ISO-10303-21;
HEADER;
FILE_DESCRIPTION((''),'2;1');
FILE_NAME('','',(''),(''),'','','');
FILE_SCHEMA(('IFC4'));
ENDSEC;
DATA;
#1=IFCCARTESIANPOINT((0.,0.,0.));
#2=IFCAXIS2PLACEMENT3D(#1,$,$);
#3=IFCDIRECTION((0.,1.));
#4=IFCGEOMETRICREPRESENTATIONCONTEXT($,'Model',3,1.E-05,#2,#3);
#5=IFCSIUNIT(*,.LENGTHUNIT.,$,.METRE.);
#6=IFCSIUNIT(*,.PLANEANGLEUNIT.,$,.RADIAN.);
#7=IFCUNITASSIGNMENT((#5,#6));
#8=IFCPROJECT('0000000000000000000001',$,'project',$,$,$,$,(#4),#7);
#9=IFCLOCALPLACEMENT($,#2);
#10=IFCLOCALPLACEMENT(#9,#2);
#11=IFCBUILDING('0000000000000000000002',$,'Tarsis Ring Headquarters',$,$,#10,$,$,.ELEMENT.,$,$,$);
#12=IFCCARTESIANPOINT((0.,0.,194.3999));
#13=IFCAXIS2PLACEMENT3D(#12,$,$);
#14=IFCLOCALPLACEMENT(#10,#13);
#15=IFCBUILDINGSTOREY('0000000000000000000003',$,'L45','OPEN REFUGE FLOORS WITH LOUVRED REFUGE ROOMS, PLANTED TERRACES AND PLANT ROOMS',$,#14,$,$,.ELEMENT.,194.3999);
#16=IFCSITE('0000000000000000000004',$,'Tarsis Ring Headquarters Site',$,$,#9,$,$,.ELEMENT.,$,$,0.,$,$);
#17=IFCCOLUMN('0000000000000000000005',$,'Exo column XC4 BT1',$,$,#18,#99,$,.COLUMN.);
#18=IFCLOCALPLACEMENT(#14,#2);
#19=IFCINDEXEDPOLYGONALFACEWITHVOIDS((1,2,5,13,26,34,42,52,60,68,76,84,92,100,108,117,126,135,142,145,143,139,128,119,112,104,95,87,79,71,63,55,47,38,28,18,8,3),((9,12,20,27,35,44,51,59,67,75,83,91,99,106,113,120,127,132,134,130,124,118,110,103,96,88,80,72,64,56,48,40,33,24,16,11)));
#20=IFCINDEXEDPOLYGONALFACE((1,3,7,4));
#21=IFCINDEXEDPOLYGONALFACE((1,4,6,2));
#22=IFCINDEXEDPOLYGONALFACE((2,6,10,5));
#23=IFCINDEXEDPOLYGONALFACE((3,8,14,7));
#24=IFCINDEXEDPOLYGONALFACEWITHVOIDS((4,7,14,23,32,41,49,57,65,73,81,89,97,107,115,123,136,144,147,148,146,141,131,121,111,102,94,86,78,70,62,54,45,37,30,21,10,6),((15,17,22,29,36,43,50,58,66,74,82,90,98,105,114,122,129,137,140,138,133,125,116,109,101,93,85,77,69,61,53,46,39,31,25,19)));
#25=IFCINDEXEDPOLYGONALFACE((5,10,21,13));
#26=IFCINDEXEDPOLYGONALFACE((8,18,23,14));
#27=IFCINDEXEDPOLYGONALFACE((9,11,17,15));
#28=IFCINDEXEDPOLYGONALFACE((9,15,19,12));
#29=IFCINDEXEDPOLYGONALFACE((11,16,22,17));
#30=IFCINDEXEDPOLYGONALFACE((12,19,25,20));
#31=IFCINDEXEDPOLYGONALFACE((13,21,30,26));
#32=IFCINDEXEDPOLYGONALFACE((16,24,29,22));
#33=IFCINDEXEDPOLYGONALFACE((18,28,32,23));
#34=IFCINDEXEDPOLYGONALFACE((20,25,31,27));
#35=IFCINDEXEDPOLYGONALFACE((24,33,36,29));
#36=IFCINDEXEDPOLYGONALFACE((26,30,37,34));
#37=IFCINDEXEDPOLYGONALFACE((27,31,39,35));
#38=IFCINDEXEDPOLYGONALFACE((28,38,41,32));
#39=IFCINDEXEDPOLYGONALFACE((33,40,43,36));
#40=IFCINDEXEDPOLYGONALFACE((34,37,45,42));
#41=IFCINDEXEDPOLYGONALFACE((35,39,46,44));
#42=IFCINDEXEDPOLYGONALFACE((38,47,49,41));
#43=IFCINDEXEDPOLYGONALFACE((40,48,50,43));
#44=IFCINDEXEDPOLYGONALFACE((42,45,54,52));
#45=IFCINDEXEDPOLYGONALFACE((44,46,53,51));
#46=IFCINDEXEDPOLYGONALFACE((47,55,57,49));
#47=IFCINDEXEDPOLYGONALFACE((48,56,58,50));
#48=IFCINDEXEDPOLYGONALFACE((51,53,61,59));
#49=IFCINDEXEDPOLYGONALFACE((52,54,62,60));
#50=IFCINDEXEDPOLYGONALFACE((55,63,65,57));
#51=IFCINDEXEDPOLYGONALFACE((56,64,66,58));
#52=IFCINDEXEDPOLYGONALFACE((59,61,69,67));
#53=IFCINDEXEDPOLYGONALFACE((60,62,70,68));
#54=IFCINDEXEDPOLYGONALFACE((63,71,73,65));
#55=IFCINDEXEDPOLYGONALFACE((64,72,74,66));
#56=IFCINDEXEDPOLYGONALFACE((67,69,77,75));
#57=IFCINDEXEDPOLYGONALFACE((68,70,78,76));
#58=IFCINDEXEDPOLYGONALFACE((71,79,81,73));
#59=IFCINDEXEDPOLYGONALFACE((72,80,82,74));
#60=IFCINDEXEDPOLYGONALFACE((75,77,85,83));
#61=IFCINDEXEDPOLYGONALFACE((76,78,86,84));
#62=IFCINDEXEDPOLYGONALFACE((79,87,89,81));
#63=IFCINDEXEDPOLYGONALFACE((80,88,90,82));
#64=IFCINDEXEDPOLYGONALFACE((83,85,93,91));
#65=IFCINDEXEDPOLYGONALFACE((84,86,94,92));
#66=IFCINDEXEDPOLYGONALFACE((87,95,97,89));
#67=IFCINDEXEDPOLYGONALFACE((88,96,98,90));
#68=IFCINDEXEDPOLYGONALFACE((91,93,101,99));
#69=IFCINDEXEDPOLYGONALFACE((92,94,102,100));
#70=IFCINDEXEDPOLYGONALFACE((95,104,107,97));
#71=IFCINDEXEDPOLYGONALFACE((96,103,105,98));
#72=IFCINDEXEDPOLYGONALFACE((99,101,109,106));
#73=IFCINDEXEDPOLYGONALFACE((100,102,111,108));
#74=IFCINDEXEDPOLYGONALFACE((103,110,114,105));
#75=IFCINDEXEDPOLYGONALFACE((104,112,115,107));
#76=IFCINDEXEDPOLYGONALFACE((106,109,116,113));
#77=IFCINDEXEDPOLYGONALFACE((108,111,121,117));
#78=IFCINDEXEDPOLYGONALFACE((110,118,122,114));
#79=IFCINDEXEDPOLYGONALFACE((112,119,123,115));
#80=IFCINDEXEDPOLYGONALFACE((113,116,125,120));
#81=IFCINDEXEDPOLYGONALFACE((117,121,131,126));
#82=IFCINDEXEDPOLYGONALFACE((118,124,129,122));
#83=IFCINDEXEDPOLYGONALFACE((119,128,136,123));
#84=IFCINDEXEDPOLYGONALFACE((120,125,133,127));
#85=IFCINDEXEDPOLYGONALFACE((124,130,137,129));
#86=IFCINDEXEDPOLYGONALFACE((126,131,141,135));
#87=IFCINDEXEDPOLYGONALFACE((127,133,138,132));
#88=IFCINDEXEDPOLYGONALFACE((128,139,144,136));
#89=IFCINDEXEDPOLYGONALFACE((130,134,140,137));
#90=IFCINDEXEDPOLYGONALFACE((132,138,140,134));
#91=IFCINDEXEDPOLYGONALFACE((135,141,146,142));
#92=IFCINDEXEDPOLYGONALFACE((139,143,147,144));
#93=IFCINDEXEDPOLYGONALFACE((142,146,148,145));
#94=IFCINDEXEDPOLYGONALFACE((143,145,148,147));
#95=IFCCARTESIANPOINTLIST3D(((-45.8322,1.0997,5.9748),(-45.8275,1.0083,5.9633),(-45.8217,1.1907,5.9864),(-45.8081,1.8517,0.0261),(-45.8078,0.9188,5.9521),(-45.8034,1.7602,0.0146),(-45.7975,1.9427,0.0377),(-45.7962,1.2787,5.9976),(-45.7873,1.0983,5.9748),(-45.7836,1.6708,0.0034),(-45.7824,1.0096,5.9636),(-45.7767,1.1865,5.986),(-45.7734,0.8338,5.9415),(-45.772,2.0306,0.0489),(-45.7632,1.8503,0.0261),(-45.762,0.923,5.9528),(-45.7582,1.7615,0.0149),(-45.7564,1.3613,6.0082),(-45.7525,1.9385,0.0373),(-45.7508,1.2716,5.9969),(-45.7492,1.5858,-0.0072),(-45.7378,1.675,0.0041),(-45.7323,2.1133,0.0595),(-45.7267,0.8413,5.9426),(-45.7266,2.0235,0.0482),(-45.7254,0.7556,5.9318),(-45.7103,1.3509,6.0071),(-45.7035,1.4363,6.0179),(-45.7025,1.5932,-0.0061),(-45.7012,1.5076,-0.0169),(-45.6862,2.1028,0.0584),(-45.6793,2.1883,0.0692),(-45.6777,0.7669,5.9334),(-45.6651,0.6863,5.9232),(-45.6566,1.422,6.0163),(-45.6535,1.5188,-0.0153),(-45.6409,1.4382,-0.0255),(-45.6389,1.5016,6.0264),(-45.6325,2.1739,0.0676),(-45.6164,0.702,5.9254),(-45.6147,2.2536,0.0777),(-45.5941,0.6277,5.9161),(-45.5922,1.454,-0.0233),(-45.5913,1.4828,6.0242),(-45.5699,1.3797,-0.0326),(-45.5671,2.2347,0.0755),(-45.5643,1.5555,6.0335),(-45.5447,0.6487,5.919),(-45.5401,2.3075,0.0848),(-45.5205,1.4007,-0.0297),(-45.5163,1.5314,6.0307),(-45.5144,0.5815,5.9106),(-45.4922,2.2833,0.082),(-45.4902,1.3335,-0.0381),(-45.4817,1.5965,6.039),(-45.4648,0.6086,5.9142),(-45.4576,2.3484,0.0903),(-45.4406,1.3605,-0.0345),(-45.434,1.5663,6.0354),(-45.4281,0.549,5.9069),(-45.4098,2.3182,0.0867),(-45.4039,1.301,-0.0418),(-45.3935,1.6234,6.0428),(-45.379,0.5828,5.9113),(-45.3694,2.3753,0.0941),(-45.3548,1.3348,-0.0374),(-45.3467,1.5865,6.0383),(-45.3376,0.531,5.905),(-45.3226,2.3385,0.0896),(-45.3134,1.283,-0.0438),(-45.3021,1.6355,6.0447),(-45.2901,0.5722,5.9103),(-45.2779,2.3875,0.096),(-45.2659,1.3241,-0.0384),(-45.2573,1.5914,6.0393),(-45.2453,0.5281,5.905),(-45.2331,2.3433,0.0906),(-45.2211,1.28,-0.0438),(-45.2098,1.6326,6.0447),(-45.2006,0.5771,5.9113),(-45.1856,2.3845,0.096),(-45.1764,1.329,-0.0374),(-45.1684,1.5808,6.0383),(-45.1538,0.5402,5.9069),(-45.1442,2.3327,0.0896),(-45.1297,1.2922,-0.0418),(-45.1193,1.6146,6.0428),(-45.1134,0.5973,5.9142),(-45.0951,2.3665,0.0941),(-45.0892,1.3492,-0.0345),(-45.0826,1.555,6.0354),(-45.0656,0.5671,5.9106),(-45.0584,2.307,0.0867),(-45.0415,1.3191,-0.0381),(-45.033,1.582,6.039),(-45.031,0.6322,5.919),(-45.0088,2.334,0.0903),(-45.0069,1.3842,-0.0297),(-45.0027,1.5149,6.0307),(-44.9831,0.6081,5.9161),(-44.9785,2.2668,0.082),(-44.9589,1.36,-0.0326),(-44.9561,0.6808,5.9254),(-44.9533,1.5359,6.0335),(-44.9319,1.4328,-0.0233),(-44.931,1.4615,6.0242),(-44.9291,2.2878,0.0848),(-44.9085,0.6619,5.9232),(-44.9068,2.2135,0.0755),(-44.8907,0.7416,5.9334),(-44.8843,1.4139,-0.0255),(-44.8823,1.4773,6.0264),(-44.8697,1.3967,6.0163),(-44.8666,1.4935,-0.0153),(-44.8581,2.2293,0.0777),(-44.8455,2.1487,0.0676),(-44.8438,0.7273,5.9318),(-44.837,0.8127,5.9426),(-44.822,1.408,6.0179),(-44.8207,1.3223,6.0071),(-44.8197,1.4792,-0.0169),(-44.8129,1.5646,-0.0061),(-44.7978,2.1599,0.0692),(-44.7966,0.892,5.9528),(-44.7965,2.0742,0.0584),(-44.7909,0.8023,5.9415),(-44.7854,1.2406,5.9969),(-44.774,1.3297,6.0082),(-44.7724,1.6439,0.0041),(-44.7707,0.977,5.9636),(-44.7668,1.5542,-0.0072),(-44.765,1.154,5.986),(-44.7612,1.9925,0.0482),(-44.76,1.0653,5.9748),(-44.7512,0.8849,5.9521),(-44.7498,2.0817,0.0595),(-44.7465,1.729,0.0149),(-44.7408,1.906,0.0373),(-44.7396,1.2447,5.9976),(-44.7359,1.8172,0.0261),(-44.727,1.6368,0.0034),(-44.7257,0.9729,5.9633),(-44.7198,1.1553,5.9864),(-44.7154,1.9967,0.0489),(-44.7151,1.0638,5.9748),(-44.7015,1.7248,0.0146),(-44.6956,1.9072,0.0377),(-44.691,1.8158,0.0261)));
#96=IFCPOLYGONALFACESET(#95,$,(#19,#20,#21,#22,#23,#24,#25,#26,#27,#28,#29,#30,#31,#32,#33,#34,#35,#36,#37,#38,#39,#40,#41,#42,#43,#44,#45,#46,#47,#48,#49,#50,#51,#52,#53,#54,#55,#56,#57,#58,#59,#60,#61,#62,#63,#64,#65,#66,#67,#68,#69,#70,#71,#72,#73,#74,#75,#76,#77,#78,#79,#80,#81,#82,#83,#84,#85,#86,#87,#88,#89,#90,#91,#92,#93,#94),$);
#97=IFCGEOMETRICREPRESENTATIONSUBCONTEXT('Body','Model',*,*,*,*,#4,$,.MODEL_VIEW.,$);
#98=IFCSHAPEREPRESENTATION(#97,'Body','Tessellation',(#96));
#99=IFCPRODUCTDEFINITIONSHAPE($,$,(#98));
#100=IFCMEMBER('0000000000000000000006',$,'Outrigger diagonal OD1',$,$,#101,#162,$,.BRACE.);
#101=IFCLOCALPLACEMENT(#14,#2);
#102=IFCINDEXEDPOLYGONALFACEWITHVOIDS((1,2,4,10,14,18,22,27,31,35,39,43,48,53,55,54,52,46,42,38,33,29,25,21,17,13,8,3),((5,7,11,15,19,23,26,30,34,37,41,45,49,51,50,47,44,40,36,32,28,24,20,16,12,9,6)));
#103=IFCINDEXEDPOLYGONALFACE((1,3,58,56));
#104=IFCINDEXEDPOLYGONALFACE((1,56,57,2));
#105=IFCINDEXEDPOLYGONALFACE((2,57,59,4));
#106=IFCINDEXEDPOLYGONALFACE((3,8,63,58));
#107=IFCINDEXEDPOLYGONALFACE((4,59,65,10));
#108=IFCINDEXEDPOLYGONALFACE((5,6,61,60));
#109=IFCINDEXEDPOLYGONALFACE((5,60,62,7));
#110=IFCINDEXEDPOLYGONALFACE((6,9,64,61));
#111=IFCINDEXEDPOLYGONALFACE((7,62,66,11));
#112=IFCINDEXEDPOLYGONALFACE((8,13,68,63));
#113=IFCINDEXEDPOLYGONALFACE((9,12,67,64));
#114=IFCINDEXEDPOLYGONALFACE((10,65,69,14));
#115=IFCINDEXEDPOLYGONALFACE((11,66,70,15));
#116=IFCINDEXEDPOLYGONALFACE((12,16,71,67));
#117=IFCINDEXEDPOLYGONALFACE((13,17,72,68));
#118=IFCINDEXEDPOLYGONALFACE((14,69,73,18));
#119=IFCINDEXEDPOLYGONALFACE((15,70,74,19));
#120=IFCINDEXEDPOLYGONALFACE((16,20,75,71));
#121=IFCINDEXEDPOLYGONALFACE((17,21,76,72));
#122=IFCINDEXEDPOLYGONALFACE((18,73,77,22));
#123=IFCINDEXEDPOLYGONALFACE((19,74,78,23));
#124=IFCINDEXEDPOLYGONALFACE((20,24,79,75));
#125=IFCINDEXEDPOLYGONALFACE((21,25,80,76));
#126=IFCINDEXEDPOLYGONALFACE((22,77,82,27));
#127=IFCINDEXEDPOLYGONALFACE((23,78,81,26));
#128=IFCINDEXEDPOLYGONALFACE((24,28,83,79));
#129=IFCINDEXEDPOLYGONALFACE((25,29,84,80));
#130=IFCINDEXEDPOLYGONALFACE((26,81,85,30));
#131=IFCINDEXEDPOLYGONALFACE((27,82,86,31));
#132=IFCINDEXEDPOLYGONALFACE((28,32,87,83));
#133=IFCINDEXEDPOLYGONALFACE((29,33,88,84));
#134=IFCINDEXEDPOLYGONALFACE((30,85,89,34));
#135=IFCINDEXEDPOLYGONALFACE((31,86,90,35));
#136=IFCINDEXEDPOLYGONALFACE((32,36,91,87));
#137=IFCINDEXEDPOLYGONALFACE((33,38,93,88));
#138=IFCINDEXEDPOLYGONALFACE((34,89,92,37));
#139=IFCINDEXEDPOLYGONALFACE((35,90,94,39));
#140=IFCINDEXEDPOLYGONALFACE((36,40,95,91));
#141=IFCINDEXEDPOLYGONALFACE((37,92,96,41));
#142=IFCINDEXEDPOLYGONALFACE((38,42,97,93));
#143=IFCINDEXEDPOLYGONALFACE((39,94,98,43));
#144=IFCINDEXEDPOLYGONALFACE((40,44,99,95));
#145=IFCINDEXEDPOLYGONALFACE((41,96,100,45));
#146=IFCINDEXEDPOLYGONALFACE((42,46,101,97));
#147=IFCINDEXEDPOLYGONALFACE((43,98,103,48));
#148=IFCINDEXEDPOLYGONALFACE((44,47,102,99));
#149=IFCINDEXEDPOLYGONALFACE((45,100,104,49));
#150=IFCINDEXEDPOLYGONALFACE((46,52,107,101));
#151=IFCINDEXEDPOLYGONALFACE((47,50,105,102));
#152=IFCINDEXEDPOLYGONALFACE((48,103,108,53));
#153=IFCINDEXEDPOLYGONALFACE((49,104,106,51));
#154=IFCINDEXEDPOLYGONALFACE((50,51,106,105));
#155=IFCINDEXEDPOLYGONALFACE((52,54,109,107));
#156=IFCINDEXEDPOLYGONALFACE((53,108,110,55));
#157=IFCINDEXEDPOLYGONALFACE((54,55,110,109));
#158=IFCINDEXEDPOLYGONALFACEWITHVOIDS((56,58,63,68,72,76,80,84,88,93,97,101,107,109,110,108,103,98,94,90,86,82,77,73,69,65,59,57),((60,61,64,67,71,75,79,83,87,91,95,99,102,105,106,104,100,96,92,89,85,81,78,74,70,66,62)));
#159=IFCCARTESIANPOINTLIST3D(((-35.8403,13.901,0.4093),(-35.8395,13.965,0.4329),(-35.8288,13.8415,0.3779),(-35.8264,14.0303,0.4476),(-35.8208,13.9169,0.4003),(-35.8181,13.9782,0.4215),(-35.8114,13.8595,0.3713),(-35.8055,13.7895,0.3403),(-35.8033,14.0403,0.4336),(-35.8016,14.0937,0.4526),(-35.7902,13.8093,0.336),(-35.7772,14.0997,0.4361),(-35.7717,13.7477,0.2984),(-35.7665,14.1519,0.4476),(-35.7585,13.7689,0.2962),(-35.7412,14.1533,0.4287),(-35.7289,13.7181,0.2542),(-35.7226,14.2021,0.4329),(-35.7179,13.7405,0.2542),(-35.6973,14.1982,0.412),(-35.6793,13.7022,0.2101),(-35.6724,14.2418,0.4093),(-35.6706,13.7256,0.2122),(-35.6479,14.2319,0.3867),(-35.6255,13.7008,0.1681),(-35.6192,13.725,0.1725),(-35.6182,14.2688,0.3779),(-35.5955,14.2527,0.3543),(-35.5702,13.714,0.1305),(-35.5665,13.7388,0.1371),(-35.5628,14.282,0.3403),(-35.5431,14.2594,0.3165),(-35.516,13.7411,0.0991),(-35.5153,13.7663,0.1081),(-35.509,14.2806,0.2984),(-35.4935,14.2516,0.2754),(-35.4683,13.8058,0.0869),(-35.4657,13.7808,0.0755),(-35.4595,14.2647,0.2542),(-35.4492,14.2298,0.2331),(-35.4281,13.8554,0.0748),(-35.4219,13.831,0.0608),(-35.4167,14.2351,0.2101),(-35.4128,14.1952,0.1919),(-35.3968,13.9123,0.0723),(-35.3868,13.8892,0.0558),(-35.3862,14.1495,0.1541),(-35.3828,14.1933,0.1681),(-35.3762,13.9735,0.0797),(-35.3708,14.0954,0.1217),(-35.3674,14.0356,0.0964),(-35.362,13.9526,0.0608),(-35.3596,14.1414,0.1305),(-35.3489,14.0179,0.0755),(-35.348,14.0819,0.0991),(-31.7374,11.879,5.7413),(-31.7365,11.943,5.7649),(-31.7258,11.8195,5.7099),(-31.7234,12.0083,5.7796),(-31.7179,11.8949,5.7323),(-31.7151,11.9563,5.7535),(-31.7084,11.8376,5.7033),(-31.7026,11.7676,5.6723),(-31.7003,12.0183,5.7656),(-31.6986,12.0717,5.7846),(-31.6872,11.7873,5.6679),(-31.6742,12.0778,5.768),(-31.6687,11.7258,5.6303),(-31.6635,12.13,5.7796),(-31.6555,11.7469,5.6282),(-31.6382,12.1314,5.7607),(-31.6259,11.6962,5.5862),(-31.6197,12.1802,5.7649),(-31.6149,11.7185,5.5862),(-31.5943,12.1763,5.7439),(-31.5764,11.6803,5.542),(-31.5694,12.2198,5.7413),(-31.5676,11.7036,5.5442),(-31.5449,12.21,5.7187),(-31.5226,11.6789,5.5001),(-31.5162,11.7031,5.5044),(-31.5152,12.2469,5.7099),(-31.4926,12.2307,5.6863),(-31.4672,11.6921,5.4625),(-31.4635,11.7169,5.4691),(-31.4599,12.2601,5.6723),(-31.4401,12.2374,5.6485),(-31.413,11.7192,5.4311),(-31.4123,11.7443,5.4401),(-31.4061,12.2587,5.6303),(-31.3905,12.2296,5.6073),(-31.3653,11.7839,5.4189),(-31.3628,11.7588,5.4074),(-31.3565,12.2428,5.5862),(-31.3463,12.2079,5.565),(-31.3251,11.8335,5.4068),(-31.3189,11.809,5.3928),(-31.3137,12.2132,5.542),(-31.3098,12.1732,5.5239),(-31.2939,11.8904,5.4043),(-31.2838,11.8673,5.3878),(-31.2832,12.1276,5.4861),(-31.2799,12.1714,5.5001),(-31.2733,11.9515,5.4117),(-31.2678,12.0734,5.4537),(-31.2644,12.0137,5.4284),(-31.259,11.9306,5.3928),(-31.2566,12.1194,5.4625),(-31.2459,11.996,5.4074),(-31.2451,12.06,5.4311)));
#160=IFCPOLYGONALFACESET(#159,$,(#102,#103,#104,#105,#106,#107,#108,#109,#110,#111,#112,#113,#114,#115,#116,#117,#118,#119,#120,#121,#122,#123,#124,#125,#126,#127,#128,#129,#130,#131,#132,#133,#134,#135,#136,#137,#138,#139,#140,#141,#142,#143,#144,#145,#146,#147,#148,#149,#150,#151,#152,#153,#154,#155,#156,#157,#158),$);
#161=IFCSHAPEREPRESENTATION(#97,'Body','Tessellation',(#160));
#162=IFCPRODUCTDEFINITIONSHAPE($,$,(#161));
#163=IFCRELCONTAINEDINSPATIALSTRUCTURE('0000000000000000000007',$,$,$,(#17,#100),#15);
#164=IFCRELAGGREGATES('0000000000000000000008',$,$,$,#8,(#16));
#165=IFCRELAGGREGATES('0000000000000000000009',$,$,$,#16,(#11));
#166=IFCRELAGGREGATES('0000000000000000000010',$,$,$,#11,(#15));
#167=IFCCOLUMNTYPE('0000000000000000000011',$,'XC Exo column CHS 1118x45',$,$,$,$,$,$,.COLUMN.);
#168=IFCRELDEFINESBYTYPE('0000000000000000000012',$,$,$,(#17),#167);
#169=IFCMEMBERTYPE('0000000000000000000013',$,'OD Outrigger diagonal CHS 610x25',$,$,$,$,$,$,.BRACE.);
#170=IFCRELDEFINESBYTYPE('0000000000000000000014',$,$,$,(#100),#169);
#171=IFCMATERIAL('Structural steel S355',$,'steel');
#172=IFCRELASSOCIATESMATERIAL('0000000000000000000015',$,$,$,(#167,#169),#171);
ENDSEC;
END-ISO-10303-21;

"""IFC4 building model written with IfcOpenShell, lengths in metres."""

from ifc_helpers import new_model, si_unit, direction, frame, origin, origin_2d, place, context, subcontext, project, spatial, hollow_circle, extrude, material, material_profile, profile_set, type_object, element, save


model = new_model("IFC4")

# Units and contexts
model_context = context("Model", 3, precision=1e-05, world=origin(), true_north=direction((0.0, 1.0)))
body_context = subcontext(model_context, "Body", "Model", "MODEL_VIEW")
ifc_project = project(units=[si_unit("LENGTHUNIT", "METRE"), si_unit("PLANEANGLEUNIT", "RADIAN")], contexts=[model_context])

# Site, building, storey
site_placement = place(None, origin())
site = spatial("IfcSite", under=ifc_project, at=site_placement, Name="Tarsis Ring Headquarters Site", CompositionType="ELEMENT", RefElevation=0.0)
building_placement = place(site_placement, origin())
building = spatial("IfcBuilding", under=site, at=building_placement, Name="Tarsis Ring Headquarters", CompositionType="ELEMENT")
storey_placement = place(building_placement, frame((0.0, 0.0, 194.3999)))
storey = spatial("IfcBuildingStorey", under=building, at=storey_placement, Name="L45", Description="OPEN REFUGE FLOORS WITH LOUVRED REFUGE ROOMS, PLANTED TERRACES AND PLANT ROOMS", CompositionType="ELEMENT", Elevation=194.3999)

# Column
ifc_material_1 = material(Name="Structural steel S355", Category="steel")
ifc_material_profile_1 = material_profile(ifc_material_1, hollow_circle(Radius=0.5588, WallThickness=0.0449, at=origin_2d()), Name="CHS 1118x45")
ifc_profile_set_1 = profile_set([ifc_material_profile_1], Name="Structural steel S355")
column_type = type_object("IfcColumnType", Name="XC Exo column CHS 1118x45", PredefinedType="COLUMN", material=ifc_profile_set_1)
column_placement = place(storey_placement, frame((-45.2495, 1.8337, 0.0261), z_axis=(-0.004031, -0.125407, 0.992097), x_axis=(0.999484, -0.032126, 0.0)))
element("IfcColumn", 1, at=column_placement, inside=storey, type_object=column_type, Name="Exo column XC4 BT1", PredefinedType="COLUMN", context=body_context, shape_type="SweptSolid", body=[
    extrude(hollow_circle(Radius=0.5588, WallThickness=0.0449, at=origin_2d()), origin(), (0.0, 0.0, 1.0), 5.9961),
])

# Member
ifc_material_profile_2 = material_profile(ifc_material_1, hollow_circle(Radius=0.3047, WallThickness=0.0249, at=origin_2d()), Name="CHS 610x25")
ifc_profile_set_2 = profile_set([ifc_material_profile_2], Name="Structural steel S355")
member_type_1 = type_object("IfcMemberType", Name="OD Outrigger diagonal CHS 610x25", PredefinedType="BRACE", material=ifc_profile_set_2)
member_1_placement = place(storey_placement, frame((-31.4912, 11.9695, 5.5862), z_axis=(-0.584042, 0.287816, -0.758984), x_axis=(-0.44204, -0.896996, 0.0)))
element("IfcMember", 2, at=member_1_placement, inside=storey, type_object=member_type_1, Name="Outrigger diagonal OD1", PredefinedType="BRACE", context=body_context, shape_type="SweptSolid", body=[
    extrude(hollow_circle(Radius=0.3047, WallThickness=0.0249, at=origin_2d()), origin(), (0.0, 0.0, 1.0), 7.0251),
])

save(model, "model.ifc")
